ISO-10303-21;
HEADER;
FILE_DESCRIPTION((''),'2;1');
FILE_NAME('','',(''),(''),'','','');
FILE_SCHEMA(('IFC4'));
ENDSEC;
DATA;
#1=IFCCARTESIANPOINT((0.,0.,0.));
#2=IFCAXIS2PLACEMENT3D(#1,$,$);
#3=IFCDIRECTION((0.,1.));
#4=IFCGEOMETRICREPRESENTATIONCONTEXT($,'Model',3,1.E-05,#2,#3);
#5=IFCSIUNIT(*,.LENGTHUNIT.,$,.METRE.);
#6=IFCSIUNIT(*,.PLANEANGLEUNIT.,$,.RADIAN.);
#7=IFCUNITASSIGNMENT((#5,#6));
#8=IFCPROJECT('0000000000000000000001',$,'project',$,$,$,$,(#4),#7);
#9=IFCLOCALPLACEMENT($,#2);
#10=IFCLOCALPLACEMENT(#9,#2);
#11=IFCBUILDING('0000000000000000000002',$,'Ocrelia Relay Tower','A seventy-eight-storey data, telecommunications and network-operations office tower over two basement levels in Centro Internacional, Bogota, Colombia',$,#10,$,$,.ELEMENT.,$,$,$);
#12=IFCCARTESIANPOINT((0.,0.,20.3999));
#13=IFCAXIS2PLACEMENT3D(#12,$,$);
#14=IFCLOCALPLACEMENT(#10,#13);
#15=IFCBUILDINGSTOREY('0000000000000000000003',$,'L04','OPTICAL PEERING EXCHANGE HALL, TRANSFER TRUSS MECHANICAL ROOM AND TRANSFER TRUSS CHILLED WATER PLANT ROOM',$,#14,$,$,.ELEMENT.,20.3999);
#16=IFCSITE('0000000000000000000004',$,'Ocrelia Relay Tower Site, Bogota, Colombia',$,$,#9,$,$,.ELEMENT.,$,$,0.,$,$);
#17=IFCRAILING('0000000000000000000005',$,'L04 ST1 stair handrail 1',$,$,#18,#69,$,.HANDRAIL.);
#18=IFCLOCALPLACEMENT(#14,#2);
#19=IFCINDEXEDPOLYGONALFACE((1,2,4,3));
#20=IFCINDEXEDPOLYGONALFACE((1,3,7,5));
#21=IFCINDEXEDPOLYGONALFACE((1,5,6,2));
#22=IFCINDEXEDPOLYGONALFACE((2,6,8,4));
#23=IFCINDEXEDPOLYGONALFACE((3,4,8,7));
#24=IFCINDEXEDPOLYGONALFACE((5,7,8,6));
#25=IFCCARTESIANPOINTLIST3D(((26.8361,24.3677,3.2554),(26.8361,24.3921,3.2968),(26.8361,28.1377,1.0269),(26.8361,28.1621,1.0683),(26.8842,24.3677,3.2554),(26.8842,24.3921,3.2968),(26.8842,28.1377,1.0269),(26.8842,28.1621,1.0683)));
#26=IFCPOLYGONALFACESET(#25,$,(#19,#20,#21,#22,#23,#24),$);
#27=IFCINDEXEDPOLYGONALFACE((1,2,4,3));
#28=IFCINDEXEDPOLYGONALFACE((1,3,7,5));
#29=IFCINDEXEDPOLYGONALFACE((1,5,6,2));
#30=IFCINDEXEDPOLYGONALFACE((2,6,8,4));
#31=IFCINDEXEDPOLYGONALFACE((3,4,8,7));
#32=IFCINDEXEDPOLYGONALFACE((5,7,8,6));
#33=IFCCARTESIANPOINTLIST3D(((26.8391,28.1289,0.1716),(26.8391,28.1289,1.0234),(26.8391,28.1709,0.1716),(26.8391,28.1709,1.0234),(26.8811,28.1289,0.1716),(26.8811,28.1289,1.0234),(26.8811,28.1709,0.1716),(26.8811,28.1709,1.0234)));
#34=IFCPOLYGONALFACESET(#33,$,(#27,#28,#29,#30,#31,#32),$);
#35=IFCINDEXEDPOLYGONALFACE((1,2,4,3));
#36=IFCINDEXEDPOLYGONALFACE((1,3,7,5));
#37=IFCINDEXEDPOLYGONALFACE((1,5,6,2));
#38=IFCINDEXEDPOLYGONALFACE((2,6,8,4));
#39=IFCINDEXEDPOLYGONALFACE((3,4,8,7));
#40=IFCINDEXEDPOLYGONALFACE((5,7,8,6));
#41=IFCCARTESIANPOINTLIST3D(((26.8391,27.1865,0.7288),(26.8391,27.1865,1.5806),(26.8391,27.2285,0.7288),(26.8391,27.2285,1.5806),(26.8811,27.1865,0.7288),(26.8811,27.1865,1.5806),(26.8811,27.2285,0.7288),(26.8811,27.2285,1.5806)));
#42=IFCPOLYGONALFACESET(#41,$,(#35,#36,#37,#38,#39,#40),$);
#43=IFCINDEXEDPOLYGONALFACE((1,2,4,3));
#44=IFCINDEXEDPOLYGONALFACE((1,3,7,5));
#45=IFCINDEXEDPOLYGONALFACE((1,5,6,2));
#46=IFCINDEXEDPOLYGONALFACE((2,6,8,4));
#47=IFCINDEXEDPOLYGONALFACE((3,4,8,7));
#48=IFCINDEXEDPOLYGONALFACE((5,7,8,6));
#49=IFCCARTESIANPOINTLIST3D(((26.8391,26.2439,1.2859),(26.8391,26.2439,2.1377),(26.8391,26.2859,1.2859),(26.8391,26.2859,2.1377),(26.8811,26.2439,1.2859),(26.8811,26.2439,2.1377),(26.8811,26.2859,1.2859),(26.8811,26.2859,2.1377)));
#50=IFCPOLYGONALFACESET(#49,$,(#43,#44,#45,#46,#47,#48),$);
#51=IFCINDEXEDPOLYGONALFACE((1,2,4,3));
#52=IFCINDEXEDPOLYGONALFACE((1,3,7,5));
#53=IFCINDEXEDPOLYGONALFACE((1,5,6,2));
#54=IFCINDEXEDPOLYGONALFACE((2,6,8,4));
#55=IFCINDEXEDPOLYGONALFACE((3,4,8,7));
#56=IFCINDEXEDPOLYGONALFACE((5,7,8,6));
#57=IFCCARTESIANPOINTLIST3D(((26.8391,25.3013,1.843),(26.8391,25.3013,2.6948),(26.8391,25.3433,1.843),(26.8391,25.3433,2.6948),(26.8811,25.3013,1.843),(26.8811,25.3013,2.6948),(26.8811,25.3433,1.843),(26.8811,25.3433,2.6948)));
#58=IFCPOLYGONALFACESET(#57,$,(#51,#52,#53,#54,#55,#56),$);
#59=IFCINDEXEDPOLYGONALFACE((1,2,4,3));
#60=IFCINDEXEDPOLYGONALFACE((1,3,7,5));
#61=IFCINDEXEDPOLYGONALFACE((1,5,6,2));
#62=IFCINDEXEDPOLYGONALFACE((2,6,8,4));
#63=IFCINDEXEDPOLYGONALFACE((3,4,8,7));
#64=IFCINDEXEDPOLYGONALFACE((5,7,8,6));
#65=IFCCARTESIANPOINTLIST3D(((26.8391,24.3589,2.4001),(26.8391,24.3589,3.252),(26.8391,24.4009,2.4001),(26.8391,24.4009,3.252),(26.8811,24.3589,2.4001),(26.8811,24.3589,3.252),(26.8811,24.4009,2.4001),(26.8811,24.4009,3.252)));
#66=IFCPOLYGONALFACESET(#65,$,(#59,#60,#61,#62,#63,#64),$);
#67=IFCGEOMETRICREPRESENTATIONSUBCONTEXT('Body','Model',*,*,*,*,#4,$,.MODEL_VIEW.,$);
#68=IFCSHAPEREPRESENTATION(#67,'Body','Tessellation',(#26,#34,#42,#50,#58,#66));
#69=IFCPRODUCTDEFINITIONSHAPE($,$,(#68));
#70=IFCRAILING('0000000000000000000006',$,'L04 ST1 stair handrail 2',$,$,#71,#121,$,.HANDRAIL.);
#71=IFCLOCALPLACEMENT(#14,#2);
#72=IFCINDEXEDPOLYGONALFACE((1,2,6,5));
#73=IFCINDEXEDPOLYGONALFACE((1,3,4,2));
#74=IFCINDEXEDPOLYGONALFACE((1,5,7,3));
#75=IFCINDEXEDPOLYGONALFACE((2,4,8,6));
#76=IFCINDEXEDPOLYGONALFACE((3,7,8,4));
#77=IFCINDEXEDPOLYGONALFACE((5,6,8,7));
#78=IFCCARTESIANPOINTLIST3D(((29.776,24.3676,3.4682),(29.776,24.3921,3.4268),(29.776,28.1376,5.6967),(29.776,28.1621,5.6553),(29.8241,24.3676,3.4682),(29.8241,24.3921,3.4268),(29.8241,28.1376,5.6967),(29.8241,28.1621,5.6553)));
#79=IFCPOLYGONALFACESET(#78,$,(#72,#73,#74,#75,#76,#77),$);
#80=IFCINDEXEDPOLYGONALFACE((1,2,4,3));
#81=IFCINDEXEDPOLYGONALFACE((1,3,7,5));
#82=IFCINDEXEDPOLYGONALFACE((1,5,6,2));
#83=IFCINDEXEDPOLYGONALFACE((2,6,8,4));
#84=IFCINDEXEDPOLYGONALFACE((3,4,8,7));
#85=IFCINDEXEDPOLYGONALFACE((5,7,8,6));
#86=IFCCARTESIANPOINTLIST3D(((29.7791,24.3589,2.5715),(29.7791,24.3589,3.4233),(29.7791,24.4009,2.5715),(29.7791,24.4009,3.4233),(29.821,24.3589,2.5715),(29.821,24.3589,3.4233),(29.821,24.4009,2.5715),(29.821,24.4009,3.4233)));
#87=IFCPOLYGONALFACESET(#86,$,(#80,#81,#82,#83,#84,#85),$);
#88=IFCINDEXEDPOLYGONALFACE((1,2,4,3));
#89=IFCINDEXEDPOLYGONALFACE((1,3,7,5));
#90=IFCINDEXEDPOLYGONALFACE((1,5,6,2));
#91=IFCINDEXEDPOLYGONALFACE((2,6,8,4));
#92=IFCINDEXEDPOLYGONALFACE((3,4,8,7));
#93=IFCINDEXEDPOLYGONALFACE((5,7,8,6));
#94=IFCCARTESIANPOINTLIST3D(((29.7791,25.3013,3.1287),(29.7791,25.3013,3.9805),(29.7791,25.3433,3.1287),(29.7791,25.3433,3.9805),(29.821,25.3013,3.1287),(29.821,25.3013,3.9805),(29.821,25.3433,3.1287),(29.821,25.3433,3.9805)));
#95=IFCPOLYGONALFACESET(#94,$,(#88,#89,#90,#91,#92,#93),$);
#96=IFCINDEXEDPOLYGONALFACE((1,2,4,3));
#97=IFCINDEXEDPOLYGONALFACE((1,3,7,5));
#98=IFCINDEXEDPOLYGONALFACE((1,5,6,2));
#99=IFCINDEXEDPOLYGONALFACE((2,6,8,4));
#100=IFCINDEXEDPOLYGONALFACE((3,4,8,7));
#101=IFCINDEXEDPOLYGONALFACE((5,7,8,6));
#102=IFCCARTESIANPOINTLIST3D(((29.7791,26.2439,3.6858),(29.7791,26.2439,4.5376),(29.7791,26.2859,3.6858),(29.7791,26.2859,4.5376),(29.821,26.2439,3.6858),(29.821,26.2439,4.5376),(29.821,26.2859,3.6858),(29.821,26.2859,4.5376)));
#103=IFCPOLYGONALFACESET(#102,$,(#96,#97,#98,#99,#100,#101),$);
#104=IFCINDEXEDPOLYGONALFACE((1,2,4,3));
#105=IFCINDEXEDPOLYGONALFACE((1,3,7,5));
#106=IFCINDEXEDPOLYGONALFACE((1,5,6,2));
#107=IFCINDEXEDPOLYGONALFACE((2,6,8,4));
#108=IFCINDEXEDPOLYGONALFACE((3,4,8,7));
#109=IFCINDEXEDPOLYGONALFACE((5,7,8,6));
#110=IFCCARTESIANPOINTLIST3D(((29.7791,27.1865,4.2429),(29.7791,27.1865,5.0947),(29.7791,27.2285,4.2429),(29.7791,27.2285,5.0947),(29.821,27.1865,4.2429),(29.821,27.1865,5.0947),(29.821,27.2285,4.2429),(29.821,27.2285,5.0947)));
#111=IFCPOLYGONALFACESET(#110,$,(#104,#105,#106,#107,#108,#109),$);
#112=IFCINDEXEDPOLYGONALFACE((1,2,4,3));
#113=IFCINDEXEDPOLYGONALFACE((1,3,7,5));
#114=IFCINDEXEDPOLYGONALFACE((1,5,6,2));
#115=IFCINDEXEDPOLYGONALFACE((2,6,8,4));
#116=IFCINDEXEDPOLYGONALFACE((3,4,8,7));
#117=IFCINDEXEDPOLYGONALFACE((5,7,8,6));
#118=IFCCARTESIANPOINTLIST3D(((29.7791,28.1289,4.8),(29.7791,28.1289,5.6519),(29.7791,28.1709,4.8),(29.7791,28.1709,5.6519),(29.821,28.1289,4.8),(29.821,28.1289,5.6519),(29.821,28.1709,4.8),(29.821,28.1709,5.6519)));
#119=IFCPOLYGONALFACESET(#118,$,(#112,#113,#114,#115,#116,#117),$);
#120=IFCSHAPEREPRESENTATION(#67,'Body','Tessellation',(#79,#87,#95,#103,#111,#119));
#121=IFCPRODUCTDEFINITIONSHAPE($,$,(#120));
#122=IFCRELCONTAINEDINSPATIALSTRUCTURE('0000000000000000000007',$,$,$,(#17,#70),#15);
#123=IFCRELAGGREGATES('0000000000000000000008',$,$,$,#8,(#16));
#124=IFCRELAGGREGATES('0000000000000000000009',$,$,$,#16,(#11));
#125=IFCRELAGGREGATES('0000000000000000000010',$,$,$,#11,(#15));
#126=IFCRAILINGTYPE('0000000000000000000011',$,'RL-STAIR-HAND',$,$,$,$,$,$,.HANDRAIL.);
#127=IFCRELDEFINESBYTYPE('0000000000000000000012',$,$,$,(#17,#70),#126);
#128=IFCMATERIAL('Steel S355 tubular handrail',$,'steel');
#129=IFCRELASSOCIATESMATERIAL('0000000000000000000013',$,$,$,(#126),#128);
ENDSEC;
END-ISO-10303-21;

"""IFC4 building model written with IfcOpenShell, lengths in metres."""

from ifc_helpers import new_model, si_unit, direction, frame, origin, origin_2d, place, context, subcontext, project, spatial, rectangle, extrude, material, type_object, element, save


model = new_model("IFC4")

# Units and contexts
model_context = context("Model", 3, precision=1e-05, world=origin(), true_north=direction((0.0, 1.0)))
body_context = subcontext(model_context, "Body", "Model", "MODEL_VIEW")
ifc_project = project(units=[si_unit("LENGTHUNIT", "METRE"), si_unit("PLANEANGLEUNIT", "RADIAN")], contexts=[model_context])

# Site, building, storey
site_placement = place(None, origin())
site = spatial("IfcSite", under=ifc_project, at=site_placement, Name="Ocrelia Relay Tower Site, Bogota, Colombia", CompositionType="ELEMENT", RefElevation=0.0)
building_placement = place(site_placement, origin())
building = spatial("IfcBuilding", under=site, at=building_placement, Name="Ocrelia Relay Tower", Description="A seventy-eight-storey data, telecommunications and network-operations office tower over two basement levels in Centro Internacional, Bogota, Colombia", CompositionType="ELEMENT")
storey_placement = place(building_placement, frame((0.0, 0.0, 20.3999)))
storey = spatial("IfcBuildingStorey", under=building, at=storey_placement, Name="L04", Description="OPTICAL PEERING EXCHANGE HALL, TRANSFER TRUSS MECHANICAL ROOM AND TRANSFER TRUSS CHILLED WATER PLANT ROOM", CompositionType="ELEMENT", Elevation=20.3999)

# Railings
ifc_material_1 = material(Name="Steel S355 tubular handrail", Category="steel")
railing_type_1 = type_object("IfcRailingType", Name="RL-STAIR-HAND", PredefinedType="HANDRAIL", material=ifc_material_1)
railing_1_placement = place(storey_placement, frame((26.8601, 28.1499, 0.1716)))
element("IfcRailing", 1, at=railing_1_placement, inside=storey, type_object=railing_type_1, Name="L04 ST1 stair handrail 1", PredefinedType="HANDRAIL", context=body_context, shape_type="SweptSolid", body=[
    extrude(rectangle(XDim=0.0481, YDim=0.0481, at=origin_2d()), frame((0.0, 0.0, 0.876), z_axis=(0.0, -0.860849, 0.508861), x_axis=(1.0, 0.0, 0.0)), (0.0, 0.0, 1.0), 4.3794),
    extrude(rectangle(XDim=0.042, YDim=0.042, at=origin_2d()), origin(), (0.0, 0.0, 1.0), 0.8518),
    extrude(rectangle(XDim=0.042, YDim=0.042, at=origin_2d()), frame((0.0, -0.9424, 0.5571)), (0.0, 0.0, 1.0), 0.8518),
    extrude(rectangle(XDim=0.042, YDim=0.042, at=origin_2d()), frame((0.0, -1.885, 1.1143)), (0.0, 0.0, 1.0), 0.8518),
    extrude(rectangle(XDim=0.042, YDim=0.042, at=origin_2d()), frame((0.0, -2.8276, 1.6714)), (0.0, 0.0, 1.0), 0.8518),
    extrude(rectangle(XDim=0.042, YDim=0.042, at=origin_2d()), frame((0.0, -3.77, 2.2285)), (0.0, 0.0, 1.0), 0.8518),
])
railing_2_placement = place(storey_placement, frame((29.8, 24.3799, 2.5715)))
element("IfcRailing", 2, at=railing_2_placement, inside=storey, type_object=railing_type_1, Name="L04 ST1 stair handrail 2", PredefinedType="HANDRAIL", context=body_context, shape_type="SweptSolid", body=[
    extrude(rectangle(XDim=0.0481, YDim=0.0481, at=origin_2d()), frame((0.0, 0.0, 0.876), z_axis=(0.0, 0.860849, 0.508861), x_axis=(-1.0, 0.0, 0.0)), (0.0, 0.0, 1.0), 4.3794),
    extrude(rectangle(XDim=0.042, YDim=0.042, at=origin_2d()), origin(), (0.0, 0.0, 1.0), 0.8518),
    extrude(rectangle(XDim=0.042, YDim=0.042, at=origin_2d()), frame((0.0, 0.9424, 0.5571)), (0.0, 0.0, 1.0), 0.8518),
    extrude(rectangle(XDim=0.042, YDim=0.042, at=origin_2d()), frame((0.0, 1.885, 1.1143)), (0.0, 0.0, 1.0), 0.8518),
    extrude(rectangle(XDim=0.042, YDim=0.042, at=origin_2d()), frame((0.0, 2.8276, 1.6714)), (0.0, 0.0, 1.0), 0.8518),
    extrude(rectangle(XDim=0.042, YDim=0.042, at=origin_2d()), frame((0.0, 3.77, 2.2285)), (0.0, 0.0, 1.0), 0.8518),
])

save(model, "model.ifc")
